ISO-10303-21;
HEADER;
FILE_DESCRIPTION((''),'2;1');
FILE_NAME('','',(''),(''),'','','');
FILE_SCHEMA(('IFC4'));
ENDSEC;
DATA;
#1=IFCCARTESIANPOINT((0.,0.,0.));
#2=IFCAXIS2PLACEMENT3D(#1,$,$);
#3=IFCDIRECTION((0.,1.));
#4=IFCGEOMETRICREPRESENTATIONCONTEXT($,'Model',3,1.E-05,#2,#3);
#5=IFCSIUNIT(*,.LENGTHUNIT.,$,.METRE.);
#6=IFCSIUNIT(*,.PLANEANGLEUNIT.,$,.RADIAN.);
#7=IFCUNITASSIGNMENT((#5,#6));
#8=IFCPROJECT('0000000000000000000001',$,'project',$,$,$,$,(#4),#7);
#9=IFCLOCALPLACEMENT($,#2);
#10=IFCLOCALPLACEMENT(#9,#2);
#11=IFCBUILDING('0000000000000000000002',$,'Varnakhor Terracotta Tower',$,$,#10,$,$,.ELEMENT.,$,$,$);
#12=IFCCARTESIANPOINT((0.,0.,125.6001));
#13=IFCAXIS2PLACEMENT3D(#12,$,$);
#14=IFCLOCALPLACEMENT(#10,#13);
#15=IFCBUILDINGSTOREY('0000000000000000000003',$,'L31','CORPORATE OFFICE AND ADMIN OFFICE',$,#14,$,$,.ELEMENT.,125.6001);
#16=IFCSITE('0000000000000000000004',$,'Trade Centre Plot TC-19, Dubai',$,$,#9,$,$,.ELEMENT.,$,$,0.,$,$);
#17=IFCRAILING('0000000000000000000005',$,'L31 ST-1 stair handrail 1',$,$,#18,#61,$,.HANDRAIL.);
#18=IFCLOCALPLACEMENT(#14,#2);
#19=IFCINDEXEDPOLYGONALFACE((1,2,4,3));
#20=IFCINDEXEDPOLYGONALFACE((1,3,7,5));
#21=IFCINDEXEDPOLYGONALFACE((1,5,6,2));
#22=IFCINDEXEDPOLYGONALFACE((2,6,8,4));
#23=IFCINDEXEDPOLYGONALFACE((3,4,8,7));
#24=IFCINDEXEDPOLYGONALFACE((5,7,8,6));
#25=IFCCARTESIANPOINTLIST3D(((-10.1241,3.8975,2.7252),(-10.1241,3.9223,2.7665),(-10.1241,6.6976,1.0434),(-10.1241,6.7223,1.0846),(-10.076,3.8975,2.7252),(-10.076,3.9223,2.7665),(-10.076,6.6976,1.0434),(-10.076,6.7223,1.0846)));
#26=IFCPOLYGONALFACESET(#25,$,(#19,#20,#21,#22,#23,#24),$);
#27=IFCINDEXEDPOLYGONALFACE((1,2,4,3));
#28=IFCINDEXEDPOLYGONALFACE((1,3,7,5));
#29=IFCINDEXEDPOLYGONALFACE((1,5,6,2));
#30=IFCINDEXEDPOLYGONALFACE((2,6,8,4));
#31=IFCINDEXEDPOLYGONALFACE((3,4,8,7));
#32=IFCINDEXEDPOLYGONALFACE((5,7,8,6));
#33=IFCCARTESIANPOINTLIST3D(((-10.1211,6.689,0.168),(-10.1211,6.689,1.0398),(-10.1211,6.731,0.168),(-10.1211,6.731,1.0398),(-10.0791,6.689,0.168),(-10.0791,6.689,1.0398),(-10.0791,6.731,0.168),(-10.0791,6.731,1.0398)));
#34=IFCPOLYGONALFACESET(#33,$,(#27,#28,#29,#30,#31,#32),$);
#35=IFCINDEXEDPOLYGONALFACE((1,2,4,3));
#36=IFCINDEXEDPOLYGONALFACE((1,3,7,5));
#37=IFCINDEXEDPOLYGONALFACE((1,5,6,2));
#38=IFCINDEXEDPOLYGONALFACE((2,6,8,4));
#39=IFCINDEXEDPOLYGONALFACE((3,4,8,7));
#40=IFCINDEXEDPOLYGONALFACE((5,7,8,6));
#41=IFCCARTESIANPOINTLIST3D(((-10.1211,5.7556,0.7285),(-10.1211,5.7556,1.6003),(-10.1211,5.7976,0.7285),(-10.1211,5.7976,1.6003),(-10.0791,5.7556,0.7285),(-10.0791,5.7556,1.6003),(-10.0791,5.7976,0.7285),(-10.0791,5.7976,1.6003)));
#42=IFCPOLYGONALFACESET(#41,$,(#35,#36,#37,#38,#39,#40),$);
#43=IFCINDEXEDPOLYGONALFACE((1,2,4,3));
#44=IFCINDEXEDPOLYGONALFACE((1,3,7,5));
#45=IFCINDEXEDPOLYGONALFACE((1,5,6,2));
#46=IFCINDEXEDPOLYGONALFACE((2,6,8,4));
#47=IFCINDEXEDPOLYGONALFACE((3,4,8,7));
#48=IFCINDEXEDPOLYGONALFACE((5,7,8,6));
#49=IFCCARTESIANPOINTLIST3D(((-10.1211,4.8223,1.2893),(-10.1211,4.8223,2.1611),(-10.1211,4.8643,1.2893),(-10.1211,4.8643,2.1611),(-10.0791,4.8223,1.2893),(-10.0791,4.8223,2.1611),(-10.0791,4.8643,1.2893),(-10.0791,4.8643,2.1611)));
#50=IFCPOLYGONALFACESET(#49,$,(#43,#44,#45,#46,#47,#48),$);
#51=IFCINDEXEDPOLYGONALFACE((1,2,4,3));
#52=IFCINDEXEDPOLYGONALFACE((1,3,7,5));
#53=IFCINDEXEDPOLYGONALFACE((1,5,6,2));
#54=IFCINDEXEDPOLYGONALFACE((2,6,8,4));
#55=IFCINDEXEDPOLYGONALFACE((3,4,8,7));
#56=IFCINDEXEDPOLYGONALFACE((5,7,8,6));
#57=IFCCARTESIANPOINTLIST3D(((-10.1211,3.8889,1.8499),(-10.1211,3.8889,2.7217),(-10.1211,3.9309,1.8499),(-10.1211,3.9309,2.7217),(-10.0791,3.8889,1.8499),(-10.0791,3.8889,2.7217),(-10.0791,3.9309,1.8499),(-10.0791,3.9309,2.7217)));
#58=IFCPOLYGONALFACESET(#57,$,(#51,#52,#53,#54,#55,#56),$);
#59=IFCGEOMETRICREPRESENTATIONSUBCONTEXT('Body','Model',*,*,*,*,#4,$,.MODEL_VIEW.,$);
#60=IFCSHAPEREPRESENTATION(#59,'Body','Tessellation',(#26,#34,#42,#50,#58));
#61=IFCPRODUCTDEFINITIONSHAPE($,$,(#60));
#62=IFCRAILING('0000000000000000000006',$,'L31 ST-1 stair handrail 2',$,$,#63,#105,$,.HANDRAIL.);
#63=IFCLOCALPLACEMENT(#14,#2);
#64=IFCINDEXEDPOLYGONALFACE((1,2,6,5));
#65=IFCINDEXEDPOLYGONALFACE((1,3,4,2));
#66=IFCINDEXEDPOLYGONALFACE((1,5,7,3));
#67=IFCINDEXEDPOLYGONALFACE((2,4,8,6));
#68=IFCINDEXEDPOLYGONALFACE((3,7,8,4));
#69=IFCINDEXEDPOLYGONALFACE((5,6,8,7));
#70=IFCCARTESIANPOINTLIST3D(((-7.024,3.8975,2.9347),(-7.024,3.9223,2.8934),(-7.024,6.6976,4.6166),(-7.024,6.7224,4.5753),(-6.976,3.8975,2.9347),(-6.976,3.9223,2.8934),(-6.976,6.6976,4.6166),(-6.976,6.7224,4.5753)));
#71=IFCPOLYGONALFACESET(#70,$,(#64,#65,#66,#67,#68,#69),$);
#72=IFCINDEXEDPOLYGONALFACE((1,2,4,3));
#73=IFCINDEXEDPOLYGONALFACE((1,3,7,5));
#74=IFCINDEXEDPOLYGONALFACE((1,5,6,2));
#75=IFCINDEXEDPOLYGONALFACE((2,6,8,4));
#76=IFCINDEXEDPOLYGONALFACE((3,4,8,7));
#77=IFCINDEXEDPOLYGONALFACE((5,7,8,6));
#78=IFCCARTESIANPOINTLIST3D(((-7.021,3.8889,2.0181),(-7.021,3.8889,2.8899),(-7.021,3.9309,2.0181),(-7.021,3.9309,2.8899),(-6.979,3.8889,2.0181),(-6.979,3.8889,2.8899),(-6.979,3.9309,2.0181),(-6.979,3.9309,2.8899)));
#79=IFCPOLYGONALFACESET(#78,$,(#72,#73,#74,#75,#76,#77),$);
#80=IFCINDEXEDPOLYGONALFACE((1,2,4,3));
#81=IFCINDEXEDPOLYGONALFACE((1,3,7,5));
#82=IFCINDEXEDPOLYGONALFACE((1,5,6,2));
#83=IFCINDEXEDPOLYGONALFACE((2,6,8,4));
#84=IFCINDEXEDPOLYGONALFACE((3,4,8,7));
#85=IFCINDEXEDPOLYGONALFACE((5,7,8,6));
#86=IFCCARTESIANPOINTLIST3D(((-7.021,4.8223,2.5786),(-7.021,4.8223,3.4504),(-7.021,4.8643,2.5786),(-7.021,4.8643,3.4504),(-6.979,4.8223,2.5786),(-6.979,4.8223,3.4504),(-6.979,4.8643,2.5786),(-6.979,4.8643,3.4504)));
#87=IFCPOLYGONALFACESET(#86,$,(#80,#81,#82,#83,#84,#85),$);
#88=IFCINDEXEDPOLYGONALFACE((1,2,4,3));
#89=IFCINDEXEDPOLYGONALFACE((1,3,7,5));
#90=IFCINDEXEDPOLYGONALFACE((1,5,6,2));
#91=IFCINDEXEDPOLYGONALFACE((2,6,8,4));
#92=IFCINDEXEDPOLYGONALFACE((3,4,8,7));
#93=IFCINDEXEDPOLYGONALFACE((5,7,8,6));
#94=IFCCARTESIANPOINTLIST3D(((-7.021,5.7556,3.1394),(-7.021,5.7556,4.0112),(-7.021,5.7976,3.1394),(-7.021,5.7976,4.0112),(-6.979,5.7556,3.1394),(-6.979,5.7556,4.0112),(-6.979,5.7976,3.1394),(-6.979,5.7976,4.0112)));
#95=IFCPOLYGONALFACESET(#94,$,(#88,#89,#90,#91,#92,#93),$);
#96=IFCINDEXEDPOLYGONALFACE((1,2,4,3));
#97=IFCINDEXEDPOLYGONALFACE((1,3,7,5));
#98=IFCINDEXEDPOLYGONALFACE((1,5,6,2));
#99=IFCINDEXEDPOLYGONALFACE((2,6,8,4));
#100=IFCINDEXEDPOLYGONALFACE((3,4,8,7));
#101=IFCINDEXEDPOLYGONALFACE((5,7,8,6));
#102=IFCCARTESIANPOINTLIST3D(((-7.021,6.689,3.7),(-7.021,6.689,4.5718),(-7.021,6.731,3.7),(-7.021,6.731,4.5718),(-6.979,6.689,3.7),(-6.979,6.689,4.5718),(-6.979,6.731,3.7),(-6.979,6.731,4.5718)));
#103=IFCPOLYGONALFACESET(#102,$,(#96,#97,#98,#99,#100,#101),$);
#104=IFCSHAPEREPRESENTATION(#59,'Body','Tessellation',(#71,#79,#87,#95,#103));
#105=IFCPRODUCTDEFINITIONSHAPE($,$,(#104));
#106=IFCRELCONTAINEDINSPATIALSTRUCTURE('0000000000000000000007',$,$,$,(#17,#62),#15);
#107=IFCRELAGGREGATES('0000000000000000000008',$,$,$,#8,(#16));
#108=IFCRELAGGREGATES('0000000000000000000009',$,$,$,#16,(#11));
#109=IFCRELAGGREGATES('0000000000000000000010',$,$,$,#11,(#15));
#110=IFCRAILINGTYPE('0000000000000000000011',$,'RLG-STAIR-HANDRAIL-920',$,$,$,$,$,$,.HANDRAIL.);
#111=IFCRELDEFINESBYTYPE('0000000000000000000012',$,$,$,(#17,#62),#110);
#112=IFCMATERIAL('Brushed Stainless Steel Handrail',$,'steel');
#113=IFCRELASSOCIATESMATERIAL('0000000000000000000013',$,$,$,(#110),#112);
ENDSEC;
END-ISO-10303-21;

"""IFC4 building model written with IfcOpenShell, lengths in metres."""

from ifc_helpers import new_model, si_unit, direction, frame, origin, origin_2d, place, context, subcontext, project, spatial, rectangle, extrude, material, type_object, element, save


model = new_model("IFC4")

# Units and contexts
model_context = context("Model", 3, precision=1e-05, world=origin(), true_north=direction((0.0, 1.0)))
body_context = subcontext(model_context, "Body", "Model", "MODEL_VIEW")
ifc_project = project(units=[si_unit("LENGTHUNIT", "METRE"), si_unit("PLANEANGLEUNIT", "RADIAN")], contexts=[model_context])

# Site, building, storey
site_placement = place(None, origin())
site = spatial("IfcSite", under=ifc_project, at=site_placement, Name="Trade Centre Plot TC-19, Dubai", CompositionType="ELEMENT", RefElevation=0.0)
building_placement = place(site_placement, origin())
building = spatial("IfcBuilding", under=site, at=building_placement, Name="Varnakhor Terracotta Tower", CompositionType="ELEMENT")
storey_placement = place(building_placement, frame((0.0, 0.0, 125.6001)))
storey = spatial("IfcBuildingStorey", under=building, at=storey_placement, Name="L31", Description="CORPORATE OFFICE AND ADMIN OFFICE", CompositionType="ELEMENT", Elevation=125.6001)

# Railings
ifc_material_1 = material(Name="Brushed Stainless Steel Handrail", Category="steel")
railing_type_1 = type_object("IfcRailingType", Name="RLG-STAIR-HANDRAIL-920", PredefinedType="HANDRAIL", material=ifc_material_1)
railing_1_placement = place(storey_placement, frame((-10.1001, 6.71, 0.168)))
element("IfcRailing", 1, at=railing_1_placement, inside=storey, type_object=railing_type_1, Name="L31 ST-1 stair handrail 1", PredefinedType="HANDRAIL", context=body_context, shape_type="SweptSolid", body=[
    extrude(rectangle(XDim=0.0481, YDim=0.0481, at=origin_2d()), frame((0.0, 0.0, 0.896), z_axis=(0.0, -0.857242, 0.514913), x_axis=(1.0, 0.0, 0.0)), (0.0, 0.0, 1.0), 3.2664),
    extrude(rectangle(XDim=0.042, YDim=0.042, at=origin_2d()), origin(), (0.0, 0.0, 1.0), 0.8718),
    extrude(rectangle(XDim=0.042, YDim=0.042, at=origin_2d()), frame((0.0, -0.9333, 0.5605)), (0.0, 0.0, 1.0), 0.8718),
    extrude(rectangle(XDim=0.042, YDim=0.042, at=origin_2d()), frame((0.0, -1.8667, 1.1213)), (0.0, 0.0, 1.0), 0.8718),
    extrude(rectangle(XDim=0.042, YDim=0.042, at=origin_2d()), frame((0.0, -2.8, 1.6819)), (0.0, 0.0, 1.0), 0.8718),
])
railing_2_placement = place(storey_placement, frame((-7.0, 3.9099, 2.0181)))
element("IfcRailing", 2, at=railing_2_placement, inside=storey, type_object=railing_type_1, Name="L31 ST-1 stair handrail 2", PredefinedType="HANDRAIL", context=body_context, shape_type="SweptSolid", body=[
    extrude(rectangle(XDim=0.0481, YDim=0.0481, at=origin_2d()), frame((0.0, 0.0, 0.896), z_axis=(0.0, 0.857242, 0.514913), x_axis=(-1.0, 0.0, 0.0)), (0.0, 0.0, 1.0), 3.2664),
    extrude(rectangle(XDim=0.042, YDim=0.042, at=origin_2d()), origin(), (0.0, 0.0, 1.0), 0.8718),
    extrude(rectangle(XDim=0.042, YDim=0.042, at=origin_2d()), frame((0.0, 0.9333, 0.5605)), (0.0, 0.0, 1.0), 0.8718),
    extrude(rectangle(XDim=0.042, YDim=0.042, at=origin_2d()), frame((0.0, 1.8667, 1.1213)), (0.0, 0.0, 1.0), 0.8718),
    extrude(rectangle(XDim=0.042, YDim=0.042, at=origin_2d()), frame((0.0, 2.8, 1.6819)), (0.0, 0.0, 1.0), 0.8718),
])

save(model, "model.ifc")
